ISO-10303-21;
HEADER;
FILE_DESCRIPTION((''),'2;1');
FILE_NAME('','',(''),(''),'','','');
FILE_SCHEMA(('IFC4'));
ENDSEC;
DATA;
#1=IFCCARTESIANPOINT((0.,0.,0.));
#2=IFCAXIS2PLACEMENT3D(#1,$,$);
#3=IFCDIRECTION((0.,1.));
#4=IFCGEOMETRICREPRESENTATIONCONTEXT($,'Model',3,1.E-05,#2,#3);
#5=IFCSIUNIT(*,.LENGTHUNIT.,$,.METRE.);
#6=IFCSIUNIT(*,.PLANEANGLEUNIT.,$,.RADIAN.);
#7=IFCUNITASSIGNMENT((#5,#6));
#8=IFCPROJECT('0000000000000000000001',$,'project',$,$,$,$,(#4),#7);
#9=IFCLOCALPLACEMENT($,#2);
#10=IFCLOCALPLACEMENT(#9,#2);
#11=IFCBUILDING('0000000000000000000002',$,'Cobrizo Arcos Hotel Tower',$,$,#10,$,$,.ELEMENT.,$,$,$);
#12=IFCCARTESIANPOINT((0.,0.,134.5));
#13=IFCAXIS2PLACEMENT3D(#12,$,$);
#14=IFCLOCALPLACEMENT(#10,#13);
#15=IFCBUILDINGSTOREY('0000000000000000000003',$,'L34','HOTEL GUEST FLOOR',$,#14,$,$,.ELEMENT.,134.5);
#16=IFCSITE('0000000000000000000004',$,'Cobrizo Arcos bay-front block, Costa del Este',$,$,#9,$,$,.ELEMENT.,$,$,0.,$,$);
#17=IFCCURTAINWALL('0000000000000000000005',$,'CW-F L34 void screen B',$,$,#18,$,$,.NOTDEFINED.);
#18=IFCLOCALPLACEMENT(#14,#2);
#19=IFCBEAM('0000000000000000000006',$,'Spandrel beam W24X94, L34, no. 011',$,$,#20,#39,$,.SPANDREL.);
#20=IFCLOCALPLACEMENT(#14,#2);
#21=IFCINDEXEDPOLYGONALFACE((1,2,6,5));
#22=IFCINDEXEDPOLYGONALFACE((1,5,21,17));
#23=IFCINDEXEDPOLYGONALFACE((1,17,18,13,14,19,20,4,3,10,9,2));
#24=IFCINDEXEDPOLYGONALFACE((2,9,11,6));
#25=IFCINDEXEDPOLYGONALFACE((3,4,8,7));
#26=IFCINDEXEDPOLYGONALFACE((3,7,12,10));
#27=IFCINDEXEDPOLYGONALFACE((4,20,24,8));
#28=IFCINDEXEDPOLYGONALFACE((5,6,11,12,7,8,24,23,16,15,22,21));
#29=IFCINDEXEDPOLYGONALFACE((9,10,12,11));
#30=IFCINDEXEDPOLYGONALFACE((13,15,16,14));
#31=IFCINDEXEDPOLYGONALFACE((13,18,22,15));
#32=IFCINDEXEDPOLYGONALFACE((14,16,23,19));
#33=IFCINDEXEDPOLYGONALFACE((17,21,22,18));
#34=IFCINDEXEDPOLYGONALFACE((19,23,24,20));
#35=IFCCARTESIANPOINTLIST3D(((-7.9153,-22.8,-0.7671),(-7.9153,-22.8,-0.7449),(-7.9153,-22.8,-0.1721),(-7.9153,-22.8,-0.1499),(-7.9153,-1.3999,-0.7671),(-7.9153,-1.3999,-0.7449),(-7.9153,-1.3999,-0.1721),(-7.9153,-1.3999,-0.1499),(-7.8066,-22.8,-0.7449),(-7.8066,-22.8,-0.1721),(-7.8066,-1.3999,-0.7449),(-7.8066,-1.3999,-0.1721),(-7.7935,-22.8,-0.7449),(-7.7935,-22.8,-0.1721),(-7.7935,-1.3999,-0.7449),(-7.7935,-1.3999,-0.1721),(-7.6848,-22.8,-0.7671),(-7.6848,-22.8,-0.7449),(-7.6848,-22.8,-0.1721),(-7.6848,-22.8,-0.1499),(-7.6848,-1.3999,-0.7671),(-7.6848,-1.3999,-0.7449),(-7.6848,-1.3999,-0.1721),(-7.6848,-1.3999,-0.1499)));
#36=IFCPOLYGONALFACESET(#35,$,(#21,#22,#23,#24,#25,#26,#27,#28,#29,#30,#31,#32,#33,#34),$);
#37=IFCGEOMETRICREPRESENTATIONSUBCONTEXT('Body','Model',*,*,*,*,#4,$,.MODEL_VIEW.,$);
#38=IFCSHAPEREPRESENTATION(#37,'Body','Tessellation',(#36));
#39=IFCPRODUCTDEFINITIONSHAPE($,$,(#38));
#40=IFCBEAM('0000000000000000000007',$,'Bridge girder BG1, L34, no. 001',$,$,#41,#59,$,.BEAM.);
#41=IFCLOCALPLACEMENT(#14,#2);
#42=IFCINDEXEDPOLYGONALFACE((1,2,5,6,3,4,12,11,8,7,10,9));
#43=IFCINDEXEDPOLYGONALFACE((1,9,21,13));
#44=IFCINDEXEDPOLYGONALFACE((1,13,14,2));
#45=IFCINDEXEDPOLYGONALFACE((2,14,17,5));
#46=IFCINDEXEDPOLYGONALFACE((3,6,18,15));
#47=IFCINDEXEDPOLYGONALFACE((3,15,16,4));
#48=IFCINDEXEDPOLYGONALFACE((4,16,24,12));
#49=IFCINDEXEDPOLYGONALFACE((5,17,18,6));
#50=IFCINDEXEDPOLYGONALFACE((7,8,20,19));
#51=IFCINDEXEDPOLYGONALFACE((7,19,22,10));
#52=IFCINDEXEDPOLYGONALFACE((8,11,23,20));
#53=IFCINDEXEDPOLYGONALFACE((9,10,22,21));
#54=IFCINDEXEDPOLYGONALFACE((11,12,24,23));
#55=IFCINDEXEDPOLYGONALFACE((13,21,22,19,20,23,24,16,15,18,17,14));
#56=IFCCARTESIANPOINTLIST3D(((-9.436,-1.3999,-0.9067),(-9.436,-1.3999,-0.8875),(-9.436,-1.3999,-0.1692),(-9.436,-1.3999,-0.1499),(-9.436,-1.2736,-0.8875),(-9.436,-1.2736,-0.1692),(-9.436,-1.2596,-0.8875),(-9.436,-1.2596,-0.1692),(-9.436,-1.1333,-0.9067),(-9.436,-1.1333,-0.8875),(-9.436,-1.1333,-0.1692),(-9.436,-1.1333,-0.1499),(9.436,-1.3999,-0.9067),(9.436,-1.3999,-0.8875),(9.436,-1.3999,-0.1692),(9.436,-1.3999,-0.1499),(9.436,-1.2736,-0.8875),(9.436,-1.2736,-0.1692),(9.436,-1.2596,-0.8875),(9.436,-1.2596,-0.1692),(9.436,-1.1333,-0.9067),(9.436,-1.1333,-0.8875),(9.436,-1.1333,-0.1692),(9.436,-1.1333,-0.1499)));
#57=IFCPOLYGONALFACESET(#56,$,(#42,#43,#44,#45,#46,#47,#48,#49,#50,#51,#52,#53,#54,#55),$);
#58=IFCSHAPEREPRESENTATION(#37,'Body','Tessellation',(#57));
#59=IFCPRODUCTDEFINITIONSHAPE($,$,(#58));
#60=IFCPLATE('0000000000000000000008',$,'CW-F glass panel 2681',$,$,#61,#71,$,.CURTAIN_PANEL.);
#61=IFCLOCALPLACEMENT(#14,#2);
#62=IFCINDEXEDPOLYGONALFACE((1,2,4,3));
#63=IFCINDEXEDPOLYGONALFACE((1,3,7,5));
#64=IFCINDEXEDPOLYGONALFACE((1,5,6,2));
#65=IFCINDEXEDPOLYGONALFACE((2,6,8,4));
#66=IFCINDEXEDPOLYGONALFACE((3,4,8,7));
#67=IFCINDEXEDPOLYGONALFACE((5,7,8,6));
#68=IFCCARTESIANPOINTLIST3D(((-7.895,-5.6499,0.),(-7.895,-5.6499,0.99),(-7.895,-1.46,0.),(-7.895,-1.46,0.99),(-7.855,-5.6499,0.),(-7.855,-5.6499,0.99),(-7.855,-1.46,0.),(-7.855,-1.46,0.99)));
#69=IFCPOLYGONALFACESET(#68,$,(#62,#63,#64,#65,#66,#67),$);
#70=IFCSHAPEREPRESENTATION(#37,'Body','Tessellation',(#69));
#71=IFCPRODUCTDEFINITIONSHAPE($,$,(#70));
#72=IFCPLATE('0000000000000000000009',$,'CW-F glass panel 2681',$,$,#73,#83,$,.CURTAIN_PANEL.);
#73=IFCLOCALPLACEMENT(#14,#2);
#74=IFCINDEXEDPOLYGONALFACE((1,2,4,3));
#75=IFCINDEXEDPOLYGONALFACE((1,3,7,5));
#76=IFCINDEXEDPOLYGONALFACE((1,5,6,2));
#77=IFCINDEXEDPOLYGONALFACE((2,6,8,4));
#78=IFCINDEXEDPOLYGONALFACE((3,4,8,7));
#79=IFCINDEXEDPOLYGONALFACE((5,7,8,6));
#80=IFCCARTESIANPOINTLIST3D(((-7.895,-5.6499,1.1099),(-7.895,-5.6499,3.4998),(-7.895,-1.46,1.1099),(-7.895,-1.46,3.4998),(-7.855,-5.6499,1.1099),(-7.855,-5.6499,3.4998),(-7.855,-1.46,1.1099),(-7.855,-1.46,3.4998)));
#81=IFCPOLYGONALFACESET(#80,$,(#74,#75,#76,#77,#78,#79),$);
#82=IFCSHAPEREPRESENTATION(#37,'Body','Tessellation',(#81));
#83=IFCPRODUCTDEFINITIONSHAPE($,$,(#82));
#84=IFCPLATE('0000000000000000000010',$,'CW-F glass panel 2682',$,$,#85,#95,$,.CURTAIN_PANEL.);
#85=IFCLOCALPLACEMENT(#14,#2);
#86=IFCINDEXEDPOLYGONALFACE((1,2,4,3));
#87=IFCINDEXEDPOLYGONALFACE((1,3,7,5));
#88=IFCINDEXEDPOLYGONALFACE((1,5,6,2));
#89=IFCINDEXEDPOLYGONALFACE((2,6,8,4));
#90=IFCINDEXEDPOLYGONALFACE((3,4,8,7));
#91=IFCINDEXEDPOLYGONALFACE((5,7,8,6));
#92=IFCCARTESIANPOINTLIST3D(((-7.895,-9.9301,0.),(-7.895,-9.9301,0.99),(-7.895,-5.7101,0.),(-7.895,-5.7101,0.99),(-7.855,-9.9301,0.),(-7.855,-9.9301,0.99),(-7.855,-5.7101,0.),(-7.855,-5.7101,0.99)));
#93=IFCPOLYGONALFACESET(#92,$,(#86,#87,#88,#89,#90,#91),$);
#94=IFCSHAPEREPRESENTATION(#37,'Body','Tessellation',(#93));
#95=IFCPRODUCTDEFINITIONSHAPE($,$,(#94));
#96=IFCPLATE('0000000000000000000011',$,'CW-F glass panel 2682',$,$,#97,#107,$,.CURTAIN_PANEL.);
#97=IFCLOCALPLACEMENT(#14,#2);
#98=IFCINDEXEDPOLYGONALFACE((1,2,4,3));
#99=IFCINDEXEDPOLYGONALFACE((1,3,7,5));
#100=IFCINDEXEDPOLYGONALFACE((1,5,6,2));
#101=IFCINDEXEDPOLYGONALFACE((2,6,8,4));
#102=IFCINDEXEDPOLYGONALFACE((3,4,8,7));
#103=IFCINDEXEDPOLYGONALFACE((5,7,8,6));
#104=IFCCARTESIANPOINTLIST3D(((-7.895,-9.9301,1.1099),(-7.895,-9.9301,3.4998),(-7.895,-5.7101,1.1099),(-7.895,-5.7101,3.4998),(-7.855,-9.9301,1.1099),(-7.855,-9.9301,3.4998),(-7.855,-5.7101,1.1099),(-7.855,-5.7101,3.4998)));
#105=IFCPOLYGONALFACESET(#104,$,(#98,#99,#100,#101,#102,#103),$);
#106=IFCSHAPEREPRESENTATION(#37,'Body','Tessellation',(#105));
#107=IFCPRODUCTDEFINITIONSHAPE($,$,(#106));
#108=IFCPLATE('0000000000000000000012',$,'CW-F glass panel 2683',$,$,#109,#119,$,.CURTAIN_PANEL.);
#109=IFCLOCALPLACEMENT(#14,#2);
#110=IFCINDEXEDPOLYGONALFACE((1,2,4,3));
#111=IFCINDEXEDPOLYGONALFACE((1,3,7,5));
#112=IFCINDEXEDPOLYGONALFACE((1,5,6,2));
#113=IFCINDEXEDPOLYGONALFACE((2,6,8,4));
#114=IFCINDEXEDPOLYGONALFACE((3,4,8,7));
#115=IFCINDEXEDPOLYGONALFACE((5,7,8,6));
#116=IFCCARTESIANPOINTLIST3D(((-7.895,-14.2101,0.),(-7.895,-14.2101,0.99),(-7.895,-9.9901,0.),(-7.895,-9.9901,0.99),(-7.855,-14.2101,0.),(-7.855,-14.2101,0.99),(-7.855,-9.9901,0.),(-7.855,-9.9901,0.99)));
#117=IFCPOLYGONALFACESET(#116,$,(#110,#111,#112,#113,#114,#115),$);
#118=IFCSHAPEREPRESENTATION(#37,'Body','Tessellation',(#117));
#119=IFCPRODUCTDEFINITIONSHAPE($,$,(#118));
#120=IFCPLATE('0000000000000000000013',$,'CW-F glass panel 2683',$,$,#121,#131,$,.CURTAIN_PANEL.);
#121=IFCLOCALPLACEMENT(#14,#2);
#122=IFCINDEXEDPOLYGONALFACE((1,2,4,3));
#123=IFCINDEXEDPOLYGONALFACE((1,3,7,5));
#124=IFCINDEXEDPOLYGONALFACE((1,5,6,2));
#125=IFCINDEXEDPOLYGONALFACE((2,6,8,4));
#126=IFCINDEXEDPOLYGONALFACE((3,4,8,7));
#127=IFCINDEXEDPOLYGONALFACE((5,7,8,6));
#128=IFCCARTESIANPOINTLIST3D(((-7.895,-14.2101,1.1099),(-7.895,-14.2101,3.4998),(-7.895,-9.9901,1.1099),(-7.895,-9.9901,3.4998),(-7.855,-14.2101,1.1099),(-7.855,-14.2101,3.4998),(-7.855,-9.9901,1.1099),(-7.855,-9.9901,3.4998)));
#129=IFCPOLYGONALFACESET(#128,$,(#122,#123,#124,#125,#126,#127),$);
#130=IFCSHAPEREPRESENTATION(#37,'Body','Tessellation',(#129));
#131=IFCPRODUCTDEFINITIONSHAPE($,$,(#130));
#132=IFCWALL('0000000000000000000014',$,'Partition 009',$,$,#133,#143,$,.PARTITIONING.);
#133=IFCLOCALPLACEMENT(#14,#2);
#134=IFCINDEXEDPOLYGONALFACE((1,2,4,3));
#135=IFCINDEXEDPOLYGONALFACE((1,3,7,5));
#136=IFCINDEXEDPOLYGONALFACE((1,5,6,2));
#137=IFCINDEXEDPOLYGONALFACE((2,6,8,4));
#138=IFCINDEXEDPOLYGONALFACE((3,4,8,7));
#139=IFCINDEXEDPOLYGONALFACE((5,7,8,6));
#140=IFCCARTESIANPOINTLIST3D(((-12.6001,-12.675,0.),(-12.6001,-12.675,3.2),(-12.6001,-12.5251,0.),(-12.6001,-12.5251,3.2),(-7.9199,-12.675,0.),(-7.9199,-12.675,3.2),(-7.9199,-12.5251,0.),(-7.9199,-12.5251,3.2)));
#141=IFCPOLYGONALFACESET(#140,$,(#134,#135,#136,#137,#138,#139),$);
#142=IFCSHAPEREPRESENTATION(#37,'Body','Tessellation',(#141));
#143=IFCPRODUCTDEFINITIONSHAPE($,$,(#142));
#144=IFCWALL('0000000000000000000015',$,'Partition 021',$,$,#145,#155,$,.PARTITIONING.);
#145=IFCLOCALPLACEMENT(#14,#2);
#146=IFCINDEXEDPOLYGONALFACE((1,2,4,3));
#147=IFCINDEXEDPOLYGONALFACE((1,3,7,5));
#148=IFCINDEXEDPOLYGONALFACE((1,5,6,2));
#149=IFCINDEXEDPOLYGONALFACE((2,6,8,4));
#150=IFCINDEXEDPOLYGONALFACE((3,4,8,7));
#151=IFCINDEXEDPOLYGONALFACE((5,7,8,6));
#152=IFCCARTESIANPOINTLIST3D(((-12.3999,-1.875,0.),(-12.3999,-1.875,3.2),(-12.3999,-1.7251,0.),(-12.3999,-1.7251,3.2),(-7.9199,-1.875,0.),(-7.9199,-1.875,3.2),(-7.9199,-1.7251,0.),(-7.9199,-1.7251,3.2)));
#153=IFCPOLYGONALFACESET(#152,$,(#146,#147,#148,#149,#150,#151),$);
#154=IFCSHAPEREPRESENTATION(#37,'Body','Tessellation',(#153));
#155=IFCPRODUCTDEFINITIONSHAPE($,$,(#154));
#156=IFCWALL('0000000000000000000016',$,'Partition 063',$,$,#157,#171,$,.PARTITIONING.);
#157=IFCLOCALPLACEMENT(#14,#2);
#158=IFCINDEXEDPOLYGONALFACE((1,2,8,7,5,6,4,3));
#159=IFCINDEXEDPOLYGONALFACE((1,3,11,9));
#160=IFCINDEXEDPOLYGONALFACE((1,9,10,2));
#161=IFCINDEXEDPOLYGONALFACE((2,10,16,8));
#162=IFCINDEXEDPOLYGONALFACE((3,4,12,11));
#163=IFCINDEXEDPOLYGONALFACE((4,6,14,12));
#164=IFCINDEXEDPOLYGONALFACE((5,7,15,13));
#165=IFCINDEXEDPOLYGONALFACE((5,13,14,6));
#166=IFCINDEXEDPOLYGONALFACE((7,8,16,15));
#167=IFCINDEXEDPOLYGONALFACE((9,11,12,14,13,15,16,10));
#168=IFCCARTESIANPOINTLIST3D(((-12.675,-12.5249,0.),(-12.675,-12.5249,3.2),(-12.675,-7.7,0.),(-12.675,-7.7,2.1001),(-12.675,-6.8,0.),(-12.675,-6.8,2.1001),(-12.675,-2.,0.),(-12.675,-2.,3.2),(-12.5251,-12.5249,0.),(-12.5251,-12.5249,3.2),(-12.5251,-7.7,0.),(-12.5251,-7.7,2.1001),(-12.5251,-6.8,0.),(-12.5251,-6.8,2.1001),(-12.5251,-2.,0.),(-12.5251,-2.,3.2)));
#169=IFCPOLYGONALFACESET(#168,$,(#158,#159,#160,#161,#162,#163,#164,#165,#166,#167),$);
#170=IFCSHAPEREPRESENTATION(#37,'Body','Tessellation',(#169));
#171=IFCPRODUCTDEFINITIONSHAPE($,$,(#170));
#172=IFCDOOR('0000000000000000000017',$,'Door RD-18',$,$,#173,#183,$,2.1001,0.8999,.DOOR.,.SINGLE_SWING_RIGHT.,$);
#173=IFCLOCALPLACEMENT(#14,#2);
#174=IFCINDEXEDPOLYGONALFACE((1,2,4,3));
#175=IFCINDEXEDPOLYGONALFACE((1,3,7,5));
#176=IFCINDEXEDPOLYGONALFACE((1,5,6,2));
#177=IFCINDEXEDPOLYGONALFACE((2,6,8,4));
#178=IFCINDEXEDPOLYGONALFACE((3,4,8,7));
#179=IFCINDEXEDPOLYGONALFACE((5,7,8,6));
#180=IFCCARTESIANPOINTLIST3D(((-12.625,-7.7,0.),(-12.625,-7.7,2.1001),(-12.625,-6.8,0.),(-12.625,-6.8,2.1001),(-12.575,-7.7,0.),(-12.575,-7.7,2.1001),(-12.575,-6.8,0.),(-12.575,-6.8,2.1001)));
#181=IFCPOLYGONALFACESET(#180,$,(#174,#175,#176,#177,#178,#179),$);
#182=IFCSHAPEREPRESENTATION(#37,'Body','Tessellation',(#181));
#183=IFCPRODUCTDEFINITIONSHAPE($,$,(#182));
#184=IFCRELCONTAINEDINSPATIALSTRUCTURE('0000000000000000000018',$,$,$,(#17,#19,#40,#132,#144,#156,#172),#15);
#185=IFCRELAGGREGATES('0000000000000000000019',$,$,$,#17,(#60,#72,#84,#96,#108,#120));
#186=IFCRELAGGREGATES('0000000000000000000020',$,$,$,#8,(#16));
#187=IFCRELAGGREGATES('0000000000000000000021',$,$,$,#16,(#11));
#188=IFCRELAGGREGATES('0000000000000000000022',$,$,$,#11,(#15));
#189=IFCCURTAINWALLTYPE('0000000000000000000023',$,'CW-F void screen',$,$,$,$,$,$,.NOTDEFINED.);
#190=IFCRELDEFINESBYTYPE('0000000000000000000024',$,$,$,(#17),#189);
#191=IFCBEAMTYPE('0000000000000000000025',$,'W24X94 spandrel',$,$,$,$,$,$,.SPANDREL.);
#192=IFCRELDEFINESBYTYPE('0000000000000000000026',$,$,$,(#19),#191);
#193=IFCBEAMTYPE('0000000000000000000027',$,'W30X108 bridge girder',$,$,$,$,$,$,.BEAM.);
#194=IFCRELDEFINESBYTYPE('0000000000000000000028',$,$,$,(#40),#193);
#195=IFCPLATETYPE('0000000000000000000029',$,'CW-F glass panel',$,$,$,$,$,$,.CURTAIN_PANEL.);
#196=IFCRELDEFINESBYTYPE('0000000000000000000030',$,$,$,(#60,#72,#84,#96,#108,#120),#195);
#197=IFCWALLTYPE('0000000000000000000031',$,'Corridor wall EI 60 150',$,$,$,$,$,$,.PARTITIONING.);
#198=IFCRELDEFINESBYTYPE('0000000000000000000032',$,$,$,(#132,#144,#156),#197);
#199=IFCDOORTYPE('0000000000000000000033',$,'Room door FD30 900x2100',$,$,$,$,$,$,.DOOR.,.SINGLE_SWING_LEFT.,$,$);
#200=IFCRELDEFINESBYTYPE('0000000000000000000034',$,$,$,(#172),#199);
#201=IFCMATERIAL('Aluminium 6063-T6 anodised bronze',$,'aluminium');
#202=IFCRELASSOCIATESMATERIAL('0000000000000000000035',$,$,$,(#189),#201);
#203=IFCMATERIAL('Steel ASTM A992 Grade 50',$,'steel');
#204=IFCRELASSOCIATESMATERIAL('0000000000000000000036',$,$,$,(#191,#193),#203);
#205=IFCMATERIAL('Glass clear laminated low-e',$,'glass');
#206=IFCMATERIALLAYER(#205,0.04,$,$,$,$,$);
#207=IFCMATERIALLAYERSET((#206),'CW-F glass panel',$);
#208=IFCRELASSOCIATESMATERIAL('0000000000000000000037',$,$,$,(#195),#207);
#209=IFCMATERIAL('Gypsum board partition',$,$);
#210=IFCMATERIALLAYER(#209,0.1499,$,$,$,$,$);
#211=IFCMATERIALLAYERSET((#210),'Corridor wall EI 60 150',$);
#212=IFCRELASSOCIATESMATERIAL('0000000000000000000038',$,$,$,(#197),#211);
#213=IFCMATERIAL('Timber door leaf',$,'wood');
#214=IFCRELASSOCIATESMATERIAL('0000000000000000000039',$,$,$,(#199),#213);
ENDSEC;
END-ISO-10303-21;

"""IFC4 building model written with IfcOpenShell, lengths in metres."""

from ifc_helpers import new_model, si_unit, direction, frame, frame_2d, origin, origin_2d, place, context, subcontext, project, spatial, rectangle, i_section, extrude, material, layer, layer_set, material_profile, profile_set, type_object, element, fill, aggregate, save


model = new_model("IFC4")

# Units and contexts
model_context = context("Model", 3, precision=1e-05, world=origin(), true_north=direction((0.0, 1.0)))
body_context = subcontext(model_context, "Body", "Model", "MODEL_VIEW")
ifc_project = project(units=[si_unit("LENGTHUNIT", "METRE"), si_unit("PLANEANGLEUNIT", "RADIAN")], contexts=[model_context])

# Site, building, storey
site_placement = place(None, origin())
site = spatial("IfcSite", under=ifc_project, at=site_placement, Name="Cobrizo Arcos bay-front block, Costa del Este", CompositionType="ELEMENT", RefElevation=0.0)
building_placement = place(site_placement, origin())
building = spatial("IfcBuilding", under=site, at=building_placement, Name="Cobrizo Arcos Hotel Tower", CompositionType="ELEMENT")
storey_placement = place(building_placement, frame((0.0, 0.0, 134.5)))
storey = spatial("IfcBuildingStorey", under=building, at=storey_placement, Name="L34", Description="HOTEL GUEST FLOOR", CompositionType="ELEMENT", Elevation=134.5)

# Shared definitions
ifc_material_1 = material(Name="Steel ASTM A992 Grade 50", Category="steel")

# Curtain wall
ifc_material_2 = material(Name="Aluminium 6063-T6 anodised bronze", Category="aluminium")
curtain_wall_type = type_object("IfcCurtainWallType", Name="CW-F void screen", PredefinedType="NOTDEFINED", material=ifc_material_2)
curtain_wall_placement = place(storey_placement, origin())
curtain_wall = element("IfcCurtainWall", 1, at=curtain_wall_placement, inside=storey, type_object=curtain_wall_type, Name="CW-F L34 void screen B", PredefinedType="NOTDEFINED")

# Beams
ifc_material_profile_1 = material_profile(ifc_material_1, i_section(OverallWidth=0.2305, OverallDepth=0.6172, WebThickness=0.0132, FlangeThickness=0.0222, at=origin_2d()), Name="W24X94")
ifc_profile_set_1 = profile_set([ifc_material_profile_1], Name="Steel ASTM A992 Grade 50")
beam_type_1 = type_object("IfcBeamType", Name="W24X94 spandrel", PredefinedType="SPANDREL", material=ifc_profile_set_1)
beam_1_placement = place(storey_placement, frame((-7.8, -1.3999, -0.4585), z_axis=(0.0, -1.0, 0.0), x_axis=(1.0, 0.0, 0.0)))
element("IfcBeam", 2, at=beam_1_placement, inside=storey, type_object=beam_type_1, Name="Spandrel beam W24X94, L34, no. 011", PredefinedType="SPANDREL", context=body_context, shape_type="SweptSolid", body=[
    extrude(i_section(OverallWidth=0.2305, OverallDepth=0.6172, WebThickness=0.0132, FlangeThickness=0.0222, at=origin_2d()), origin(), (0.0, 0.0, 1.0), 21.4001),
])
ifc_material_profile_2 = material_profile(ifc_material_1, i_section(OverallWidth=0.2666, OverallDepth=0.7568, WebThickness=0.0139, FlangeThickness=0.0193, at=origin_2d()), Name="W30X108")
ifc_profile_set_2 = profile_set([ifc_material_profile_2], Name="Steel ASTM A992 Grade 50")
beam_type_2 = type_object("IfcBeamType", Name="W30X108 bridge girder", PredefinedType="BEAM", material=ifc_profile_set_2)
beam_2_placement = place(storey_placement, frame((-9.436, -1.2666, -0.5283), z_axis=(1.0, 0.0, 0.0), x_axis=(0.0, 1.0, 0.0)))
element("IfcBeam", 3, at=beam_2_placement, inside=storey, type_object=beam_type_2, Name="Bridge girder BG1, L34, no. 001", PredefinedType="BEAM", context=body_context, shape_type="SweptSolid", body=[
    extrude(i_section(OverallWidth=0.2666, OverallDepth=0.7568, WebThickness=0.0139, FlangeThickness=0.0193, at=origin_2d()), origin(), (0.0, 0.0, 1.0), 18.8721),
])

# Plates
ifc_material_3 = material(Name="Glass clear laminated low-e", Category="glass")
ifc_layer_1 = layer(ifc_material_3, 0.04)
ifc_layer_set_1 = layer_set([ifc_layer_1], Name="CW-F glass panel")
plate_type = type_object("IfcPlateType", Name="CW-F glass panel", PredefinedType="CURTAIN_PANEL", material=ifc_layer_set_1)
plate_1_placement = place(storey_placement, frame((-7.875, -3.5549, 0.0), z_axis=(0.0, 0.0, 1.0), x_axis=(0.0, -1.0, 0.0)))
plate_1 = element("IfcPlate", 4, at=plate_1_placement, type_object=plate_type, Name="CW-F glass panel 2681", PredefinedType="CURTAIN_PANEL", context=body_context, shape_type="SweptSolid", body=[
    extrude(rectangle(XDim=4.1899, YDim=0.04, at=origin_2d()), origin(), (0.0, 0.0, 1.0), 0.99),
])
plate_2_placement = place(storey_placement, frame((-7.875, -3.5549, 1.1099), z_axis=(0.0, 0.0, 1.0), x_axis=(0.0, -1.0, 0.0)))
plate_2 = element("IfcPlate", 5, at=plate_2_placement, type_object=plate_type, Name="CW-F glass panel 2681", PredefinedType="CURTAIN_PANEL", context=body_context, shape_type="SweptSolid", body=[
    extrude(rectangle(XDim=4.1899, YDim=0.04, at=origin_2d()), origin(), (0.0, 0.0, 1.0), 2.3899),
])
plate_3_placement = place(storey_placement, frame((-7.875, -7.8201, 0.0), z_axis=(0.0, 0.0, 1.0), x_axis=(0.0, -1.0, 0.0)))
plate_3 = element("IfcPlate", 6, at=plate_3_placement, type_object=plate_type, Name="CW-F glass panel 2682", PredefinedType="CURTAIN_PANEL", context=body_context, shape_type="SweptSolid", body=[
    extrude(rectangle(XDim=4.22, YDim=0.04, at=origin_2d()), origin(), (0.0, 0.0, 1.0), 0.99),
])
plate_4_placement = place(storey_placement, frame((-7.875, -7.8201, 1.1099), z_axis=(0.0, 0.0, 1.0), x_axis=(0.0, -1.0, 0.0)))
plate_4 = element("IfcPlate", 7, at=plate_4_placement, type_object=plate_type, Name="CW-F glass panel 2682", PredefinedType="CURTAIN_PANEL", context=body_context, shape_type="SweptSolid", body=[
    extrude(rectangle(XDim=4.22, YDim=0.04, at=origin_2d()), origin(), (0.0, 0.0, 1.0), 2.3899),
])
plate_5_placement = place(storey_placement, frame((-7.875, -12.1001, 0.0), z_axis=(0.0, 0.0, 1.0), x_axis=(0.0, -1.0, 0.0)))
plate_5 = element("IfcPlate", 8, at=plate_5_placement, type_object=plate_type, Name="CW-F glass panel 2683", PredefinedType="CURTAIN_PANEL", context=body_context, shape_type="SweptSolid", body=[
    extrude(rectangle(XDim=4.22, YDim=0.04, at=origin_2d()), origin(), (0.0, 0.0, 1.0), 0.99),
])
plate_6_placement = place(storey_placement, frame((-7.875, -12.1001, 1.1099), z_axis=(0.0, 0.0, 1.0), x_axis=(0.0, -1.0, 0.0)))
plate_6 = element("IfcPlate", 9, at=plate_6_placement, type_object=plate_type, Name="CW-F glass panel 2683", PredefinedType="CURTAIN_PANEL", context=body_context, shape_type="SweptSolid", body=[
    extrude(rectangle(XDim=4.22, YDim=0.04, at=origin_2d()), origin(), (0.0, 0.0, 1.0), 2.3899),
])
aggregate(curtain_wall, [plate_1, plate_2, plate_3, plate_4, plate_5, plate_6])

# Walls
ifc_material_4 = material(Name="Gypsum board partition")
ifc_layer_2 = layer(ifc_material_4, 0.1499)
ifc_layer_set_2 = layer_set([ifc_layer_2], Name="Corridor wall EI 60 150")
wall_type_1 = type_object("IfcWallType", Name="Corridor wall EI 60 150", PredefinedType="PARTITIONING", material=ifc_layer_set_2)
wall_1_placement = place(storey_placement, frame((-12.6001, -12.6001, 0.0), z_axis=(0.0, 0.0, 1.0), x_axis=(1.0, 0.0, 0.0)))
element("IfcWall", 10, at=wall_1_placement, inside=storey, type_object=wall_type_1, Name="Partition 009", PredefinedType="PARTITIONING", context=body_context, shape_type="SweptSolid", body=[
    extrude(rectangle(XDim=4.6802, YDim=0.1499, at=frame_2d((2.3401, 0.0))), origin(), (0.0, 0.0, 1.0), 3.2),
])
wall_2_placement = place(storey_placement, frame((-12.3999, -1.8, 0.0), z_axis=(0.0, 0.0, 1.0), x_axis=(1.0, 0.0, 0.0)))
element("IfcWall", 11, at=wall_2_placement, inside=storey, type_object=wall_type_1, Name="Partition 021", PredefinedType="PARTITIONING", context=body_context, shape_type="SweptSolid", body=[
    extrude(rectangle(XDim=4.48, YDim=0.1499, at=frame_2d((2.24, 0.0))), origin(), (0.0, 0.0, 1.0), 3.2),
])

# Wall, opening, door
wall_3_placement = place(storey_placement, frame((-12.6001, -12.5249, 0.0), z_axis=(0.0, 0.0, 1.0), x_axis=(0.0, 1.0, 0.0)))
wall_3 = element("IfcWall", 12, at=wall_3_placement, inside=storey, type_object=wall_type_1, Name="Partition 063", PredefinedType="PARTITIONING", context=body_context, shape_type="SweptSolid", body=[
    extrude(rectangle(XDim=10.5249, YDim=0.1499, at=frame_2d((5.2625, 0.0))), origin(), (0.0, 0.0, 1.0), 3.2),
])
opening_1_placement = place(wall_3_placement, frame((4.825, 0.0, 0.0)))
opening_1 = element("IfcOpeningElement", 13, at=opening_1_placement, cuts=wall_3, PredefinedType="OPENING", context=body_context, shape_type="SweptSolid", body=[
    extrude(rectangle(XDim=0.8999, YDim=2.1001, at=frame_2d((0.45, 1.05))), frame((0.0, 0.0869, 0.0), z_axis=(0.0, -1.0, 0.0), x_axis=(1.0, 0.0, 0.0)), (0.0, 0.0, 1.0), 0.1738),
])
ifc_material_5 = material(Name="Timber door leaf", Category="wood")
door_type_1 = type_object("IfcDoorType", Name="Room door FD30 900x2100", OperationType="SINGLE_SWING_LEFT", PredefinedType="DOOR", material=ifc_material_5)
door_1_placement = place(opening_1_placement, origin())
door_1 = element("IfcDoor", 14, at=door_1_placement, inside=storey, type_object=door_type_1, Name="Door RD-18", OperationType="SINGLE_SWING_RIGHT", OverallHeight=2.1001, OverallWidth=0.8999, PredefinedType="DOOR", context=body_context, shape_type="SweptSolid", body=[
    extrude(rectangle(XDim=0.8999, YDim=2.1001, at=frame_2d((0.45, 1.05))), frame((0.0, 0.0249, 0.0), z_axis=(0.0, -1.0, 0.0), x_axis=(1.0, 0.0, 0.0)), (0.0, 0.0, 1.0), 0.05),
])
fill(opening_1, door_1)

save(model, "model.ifc")
